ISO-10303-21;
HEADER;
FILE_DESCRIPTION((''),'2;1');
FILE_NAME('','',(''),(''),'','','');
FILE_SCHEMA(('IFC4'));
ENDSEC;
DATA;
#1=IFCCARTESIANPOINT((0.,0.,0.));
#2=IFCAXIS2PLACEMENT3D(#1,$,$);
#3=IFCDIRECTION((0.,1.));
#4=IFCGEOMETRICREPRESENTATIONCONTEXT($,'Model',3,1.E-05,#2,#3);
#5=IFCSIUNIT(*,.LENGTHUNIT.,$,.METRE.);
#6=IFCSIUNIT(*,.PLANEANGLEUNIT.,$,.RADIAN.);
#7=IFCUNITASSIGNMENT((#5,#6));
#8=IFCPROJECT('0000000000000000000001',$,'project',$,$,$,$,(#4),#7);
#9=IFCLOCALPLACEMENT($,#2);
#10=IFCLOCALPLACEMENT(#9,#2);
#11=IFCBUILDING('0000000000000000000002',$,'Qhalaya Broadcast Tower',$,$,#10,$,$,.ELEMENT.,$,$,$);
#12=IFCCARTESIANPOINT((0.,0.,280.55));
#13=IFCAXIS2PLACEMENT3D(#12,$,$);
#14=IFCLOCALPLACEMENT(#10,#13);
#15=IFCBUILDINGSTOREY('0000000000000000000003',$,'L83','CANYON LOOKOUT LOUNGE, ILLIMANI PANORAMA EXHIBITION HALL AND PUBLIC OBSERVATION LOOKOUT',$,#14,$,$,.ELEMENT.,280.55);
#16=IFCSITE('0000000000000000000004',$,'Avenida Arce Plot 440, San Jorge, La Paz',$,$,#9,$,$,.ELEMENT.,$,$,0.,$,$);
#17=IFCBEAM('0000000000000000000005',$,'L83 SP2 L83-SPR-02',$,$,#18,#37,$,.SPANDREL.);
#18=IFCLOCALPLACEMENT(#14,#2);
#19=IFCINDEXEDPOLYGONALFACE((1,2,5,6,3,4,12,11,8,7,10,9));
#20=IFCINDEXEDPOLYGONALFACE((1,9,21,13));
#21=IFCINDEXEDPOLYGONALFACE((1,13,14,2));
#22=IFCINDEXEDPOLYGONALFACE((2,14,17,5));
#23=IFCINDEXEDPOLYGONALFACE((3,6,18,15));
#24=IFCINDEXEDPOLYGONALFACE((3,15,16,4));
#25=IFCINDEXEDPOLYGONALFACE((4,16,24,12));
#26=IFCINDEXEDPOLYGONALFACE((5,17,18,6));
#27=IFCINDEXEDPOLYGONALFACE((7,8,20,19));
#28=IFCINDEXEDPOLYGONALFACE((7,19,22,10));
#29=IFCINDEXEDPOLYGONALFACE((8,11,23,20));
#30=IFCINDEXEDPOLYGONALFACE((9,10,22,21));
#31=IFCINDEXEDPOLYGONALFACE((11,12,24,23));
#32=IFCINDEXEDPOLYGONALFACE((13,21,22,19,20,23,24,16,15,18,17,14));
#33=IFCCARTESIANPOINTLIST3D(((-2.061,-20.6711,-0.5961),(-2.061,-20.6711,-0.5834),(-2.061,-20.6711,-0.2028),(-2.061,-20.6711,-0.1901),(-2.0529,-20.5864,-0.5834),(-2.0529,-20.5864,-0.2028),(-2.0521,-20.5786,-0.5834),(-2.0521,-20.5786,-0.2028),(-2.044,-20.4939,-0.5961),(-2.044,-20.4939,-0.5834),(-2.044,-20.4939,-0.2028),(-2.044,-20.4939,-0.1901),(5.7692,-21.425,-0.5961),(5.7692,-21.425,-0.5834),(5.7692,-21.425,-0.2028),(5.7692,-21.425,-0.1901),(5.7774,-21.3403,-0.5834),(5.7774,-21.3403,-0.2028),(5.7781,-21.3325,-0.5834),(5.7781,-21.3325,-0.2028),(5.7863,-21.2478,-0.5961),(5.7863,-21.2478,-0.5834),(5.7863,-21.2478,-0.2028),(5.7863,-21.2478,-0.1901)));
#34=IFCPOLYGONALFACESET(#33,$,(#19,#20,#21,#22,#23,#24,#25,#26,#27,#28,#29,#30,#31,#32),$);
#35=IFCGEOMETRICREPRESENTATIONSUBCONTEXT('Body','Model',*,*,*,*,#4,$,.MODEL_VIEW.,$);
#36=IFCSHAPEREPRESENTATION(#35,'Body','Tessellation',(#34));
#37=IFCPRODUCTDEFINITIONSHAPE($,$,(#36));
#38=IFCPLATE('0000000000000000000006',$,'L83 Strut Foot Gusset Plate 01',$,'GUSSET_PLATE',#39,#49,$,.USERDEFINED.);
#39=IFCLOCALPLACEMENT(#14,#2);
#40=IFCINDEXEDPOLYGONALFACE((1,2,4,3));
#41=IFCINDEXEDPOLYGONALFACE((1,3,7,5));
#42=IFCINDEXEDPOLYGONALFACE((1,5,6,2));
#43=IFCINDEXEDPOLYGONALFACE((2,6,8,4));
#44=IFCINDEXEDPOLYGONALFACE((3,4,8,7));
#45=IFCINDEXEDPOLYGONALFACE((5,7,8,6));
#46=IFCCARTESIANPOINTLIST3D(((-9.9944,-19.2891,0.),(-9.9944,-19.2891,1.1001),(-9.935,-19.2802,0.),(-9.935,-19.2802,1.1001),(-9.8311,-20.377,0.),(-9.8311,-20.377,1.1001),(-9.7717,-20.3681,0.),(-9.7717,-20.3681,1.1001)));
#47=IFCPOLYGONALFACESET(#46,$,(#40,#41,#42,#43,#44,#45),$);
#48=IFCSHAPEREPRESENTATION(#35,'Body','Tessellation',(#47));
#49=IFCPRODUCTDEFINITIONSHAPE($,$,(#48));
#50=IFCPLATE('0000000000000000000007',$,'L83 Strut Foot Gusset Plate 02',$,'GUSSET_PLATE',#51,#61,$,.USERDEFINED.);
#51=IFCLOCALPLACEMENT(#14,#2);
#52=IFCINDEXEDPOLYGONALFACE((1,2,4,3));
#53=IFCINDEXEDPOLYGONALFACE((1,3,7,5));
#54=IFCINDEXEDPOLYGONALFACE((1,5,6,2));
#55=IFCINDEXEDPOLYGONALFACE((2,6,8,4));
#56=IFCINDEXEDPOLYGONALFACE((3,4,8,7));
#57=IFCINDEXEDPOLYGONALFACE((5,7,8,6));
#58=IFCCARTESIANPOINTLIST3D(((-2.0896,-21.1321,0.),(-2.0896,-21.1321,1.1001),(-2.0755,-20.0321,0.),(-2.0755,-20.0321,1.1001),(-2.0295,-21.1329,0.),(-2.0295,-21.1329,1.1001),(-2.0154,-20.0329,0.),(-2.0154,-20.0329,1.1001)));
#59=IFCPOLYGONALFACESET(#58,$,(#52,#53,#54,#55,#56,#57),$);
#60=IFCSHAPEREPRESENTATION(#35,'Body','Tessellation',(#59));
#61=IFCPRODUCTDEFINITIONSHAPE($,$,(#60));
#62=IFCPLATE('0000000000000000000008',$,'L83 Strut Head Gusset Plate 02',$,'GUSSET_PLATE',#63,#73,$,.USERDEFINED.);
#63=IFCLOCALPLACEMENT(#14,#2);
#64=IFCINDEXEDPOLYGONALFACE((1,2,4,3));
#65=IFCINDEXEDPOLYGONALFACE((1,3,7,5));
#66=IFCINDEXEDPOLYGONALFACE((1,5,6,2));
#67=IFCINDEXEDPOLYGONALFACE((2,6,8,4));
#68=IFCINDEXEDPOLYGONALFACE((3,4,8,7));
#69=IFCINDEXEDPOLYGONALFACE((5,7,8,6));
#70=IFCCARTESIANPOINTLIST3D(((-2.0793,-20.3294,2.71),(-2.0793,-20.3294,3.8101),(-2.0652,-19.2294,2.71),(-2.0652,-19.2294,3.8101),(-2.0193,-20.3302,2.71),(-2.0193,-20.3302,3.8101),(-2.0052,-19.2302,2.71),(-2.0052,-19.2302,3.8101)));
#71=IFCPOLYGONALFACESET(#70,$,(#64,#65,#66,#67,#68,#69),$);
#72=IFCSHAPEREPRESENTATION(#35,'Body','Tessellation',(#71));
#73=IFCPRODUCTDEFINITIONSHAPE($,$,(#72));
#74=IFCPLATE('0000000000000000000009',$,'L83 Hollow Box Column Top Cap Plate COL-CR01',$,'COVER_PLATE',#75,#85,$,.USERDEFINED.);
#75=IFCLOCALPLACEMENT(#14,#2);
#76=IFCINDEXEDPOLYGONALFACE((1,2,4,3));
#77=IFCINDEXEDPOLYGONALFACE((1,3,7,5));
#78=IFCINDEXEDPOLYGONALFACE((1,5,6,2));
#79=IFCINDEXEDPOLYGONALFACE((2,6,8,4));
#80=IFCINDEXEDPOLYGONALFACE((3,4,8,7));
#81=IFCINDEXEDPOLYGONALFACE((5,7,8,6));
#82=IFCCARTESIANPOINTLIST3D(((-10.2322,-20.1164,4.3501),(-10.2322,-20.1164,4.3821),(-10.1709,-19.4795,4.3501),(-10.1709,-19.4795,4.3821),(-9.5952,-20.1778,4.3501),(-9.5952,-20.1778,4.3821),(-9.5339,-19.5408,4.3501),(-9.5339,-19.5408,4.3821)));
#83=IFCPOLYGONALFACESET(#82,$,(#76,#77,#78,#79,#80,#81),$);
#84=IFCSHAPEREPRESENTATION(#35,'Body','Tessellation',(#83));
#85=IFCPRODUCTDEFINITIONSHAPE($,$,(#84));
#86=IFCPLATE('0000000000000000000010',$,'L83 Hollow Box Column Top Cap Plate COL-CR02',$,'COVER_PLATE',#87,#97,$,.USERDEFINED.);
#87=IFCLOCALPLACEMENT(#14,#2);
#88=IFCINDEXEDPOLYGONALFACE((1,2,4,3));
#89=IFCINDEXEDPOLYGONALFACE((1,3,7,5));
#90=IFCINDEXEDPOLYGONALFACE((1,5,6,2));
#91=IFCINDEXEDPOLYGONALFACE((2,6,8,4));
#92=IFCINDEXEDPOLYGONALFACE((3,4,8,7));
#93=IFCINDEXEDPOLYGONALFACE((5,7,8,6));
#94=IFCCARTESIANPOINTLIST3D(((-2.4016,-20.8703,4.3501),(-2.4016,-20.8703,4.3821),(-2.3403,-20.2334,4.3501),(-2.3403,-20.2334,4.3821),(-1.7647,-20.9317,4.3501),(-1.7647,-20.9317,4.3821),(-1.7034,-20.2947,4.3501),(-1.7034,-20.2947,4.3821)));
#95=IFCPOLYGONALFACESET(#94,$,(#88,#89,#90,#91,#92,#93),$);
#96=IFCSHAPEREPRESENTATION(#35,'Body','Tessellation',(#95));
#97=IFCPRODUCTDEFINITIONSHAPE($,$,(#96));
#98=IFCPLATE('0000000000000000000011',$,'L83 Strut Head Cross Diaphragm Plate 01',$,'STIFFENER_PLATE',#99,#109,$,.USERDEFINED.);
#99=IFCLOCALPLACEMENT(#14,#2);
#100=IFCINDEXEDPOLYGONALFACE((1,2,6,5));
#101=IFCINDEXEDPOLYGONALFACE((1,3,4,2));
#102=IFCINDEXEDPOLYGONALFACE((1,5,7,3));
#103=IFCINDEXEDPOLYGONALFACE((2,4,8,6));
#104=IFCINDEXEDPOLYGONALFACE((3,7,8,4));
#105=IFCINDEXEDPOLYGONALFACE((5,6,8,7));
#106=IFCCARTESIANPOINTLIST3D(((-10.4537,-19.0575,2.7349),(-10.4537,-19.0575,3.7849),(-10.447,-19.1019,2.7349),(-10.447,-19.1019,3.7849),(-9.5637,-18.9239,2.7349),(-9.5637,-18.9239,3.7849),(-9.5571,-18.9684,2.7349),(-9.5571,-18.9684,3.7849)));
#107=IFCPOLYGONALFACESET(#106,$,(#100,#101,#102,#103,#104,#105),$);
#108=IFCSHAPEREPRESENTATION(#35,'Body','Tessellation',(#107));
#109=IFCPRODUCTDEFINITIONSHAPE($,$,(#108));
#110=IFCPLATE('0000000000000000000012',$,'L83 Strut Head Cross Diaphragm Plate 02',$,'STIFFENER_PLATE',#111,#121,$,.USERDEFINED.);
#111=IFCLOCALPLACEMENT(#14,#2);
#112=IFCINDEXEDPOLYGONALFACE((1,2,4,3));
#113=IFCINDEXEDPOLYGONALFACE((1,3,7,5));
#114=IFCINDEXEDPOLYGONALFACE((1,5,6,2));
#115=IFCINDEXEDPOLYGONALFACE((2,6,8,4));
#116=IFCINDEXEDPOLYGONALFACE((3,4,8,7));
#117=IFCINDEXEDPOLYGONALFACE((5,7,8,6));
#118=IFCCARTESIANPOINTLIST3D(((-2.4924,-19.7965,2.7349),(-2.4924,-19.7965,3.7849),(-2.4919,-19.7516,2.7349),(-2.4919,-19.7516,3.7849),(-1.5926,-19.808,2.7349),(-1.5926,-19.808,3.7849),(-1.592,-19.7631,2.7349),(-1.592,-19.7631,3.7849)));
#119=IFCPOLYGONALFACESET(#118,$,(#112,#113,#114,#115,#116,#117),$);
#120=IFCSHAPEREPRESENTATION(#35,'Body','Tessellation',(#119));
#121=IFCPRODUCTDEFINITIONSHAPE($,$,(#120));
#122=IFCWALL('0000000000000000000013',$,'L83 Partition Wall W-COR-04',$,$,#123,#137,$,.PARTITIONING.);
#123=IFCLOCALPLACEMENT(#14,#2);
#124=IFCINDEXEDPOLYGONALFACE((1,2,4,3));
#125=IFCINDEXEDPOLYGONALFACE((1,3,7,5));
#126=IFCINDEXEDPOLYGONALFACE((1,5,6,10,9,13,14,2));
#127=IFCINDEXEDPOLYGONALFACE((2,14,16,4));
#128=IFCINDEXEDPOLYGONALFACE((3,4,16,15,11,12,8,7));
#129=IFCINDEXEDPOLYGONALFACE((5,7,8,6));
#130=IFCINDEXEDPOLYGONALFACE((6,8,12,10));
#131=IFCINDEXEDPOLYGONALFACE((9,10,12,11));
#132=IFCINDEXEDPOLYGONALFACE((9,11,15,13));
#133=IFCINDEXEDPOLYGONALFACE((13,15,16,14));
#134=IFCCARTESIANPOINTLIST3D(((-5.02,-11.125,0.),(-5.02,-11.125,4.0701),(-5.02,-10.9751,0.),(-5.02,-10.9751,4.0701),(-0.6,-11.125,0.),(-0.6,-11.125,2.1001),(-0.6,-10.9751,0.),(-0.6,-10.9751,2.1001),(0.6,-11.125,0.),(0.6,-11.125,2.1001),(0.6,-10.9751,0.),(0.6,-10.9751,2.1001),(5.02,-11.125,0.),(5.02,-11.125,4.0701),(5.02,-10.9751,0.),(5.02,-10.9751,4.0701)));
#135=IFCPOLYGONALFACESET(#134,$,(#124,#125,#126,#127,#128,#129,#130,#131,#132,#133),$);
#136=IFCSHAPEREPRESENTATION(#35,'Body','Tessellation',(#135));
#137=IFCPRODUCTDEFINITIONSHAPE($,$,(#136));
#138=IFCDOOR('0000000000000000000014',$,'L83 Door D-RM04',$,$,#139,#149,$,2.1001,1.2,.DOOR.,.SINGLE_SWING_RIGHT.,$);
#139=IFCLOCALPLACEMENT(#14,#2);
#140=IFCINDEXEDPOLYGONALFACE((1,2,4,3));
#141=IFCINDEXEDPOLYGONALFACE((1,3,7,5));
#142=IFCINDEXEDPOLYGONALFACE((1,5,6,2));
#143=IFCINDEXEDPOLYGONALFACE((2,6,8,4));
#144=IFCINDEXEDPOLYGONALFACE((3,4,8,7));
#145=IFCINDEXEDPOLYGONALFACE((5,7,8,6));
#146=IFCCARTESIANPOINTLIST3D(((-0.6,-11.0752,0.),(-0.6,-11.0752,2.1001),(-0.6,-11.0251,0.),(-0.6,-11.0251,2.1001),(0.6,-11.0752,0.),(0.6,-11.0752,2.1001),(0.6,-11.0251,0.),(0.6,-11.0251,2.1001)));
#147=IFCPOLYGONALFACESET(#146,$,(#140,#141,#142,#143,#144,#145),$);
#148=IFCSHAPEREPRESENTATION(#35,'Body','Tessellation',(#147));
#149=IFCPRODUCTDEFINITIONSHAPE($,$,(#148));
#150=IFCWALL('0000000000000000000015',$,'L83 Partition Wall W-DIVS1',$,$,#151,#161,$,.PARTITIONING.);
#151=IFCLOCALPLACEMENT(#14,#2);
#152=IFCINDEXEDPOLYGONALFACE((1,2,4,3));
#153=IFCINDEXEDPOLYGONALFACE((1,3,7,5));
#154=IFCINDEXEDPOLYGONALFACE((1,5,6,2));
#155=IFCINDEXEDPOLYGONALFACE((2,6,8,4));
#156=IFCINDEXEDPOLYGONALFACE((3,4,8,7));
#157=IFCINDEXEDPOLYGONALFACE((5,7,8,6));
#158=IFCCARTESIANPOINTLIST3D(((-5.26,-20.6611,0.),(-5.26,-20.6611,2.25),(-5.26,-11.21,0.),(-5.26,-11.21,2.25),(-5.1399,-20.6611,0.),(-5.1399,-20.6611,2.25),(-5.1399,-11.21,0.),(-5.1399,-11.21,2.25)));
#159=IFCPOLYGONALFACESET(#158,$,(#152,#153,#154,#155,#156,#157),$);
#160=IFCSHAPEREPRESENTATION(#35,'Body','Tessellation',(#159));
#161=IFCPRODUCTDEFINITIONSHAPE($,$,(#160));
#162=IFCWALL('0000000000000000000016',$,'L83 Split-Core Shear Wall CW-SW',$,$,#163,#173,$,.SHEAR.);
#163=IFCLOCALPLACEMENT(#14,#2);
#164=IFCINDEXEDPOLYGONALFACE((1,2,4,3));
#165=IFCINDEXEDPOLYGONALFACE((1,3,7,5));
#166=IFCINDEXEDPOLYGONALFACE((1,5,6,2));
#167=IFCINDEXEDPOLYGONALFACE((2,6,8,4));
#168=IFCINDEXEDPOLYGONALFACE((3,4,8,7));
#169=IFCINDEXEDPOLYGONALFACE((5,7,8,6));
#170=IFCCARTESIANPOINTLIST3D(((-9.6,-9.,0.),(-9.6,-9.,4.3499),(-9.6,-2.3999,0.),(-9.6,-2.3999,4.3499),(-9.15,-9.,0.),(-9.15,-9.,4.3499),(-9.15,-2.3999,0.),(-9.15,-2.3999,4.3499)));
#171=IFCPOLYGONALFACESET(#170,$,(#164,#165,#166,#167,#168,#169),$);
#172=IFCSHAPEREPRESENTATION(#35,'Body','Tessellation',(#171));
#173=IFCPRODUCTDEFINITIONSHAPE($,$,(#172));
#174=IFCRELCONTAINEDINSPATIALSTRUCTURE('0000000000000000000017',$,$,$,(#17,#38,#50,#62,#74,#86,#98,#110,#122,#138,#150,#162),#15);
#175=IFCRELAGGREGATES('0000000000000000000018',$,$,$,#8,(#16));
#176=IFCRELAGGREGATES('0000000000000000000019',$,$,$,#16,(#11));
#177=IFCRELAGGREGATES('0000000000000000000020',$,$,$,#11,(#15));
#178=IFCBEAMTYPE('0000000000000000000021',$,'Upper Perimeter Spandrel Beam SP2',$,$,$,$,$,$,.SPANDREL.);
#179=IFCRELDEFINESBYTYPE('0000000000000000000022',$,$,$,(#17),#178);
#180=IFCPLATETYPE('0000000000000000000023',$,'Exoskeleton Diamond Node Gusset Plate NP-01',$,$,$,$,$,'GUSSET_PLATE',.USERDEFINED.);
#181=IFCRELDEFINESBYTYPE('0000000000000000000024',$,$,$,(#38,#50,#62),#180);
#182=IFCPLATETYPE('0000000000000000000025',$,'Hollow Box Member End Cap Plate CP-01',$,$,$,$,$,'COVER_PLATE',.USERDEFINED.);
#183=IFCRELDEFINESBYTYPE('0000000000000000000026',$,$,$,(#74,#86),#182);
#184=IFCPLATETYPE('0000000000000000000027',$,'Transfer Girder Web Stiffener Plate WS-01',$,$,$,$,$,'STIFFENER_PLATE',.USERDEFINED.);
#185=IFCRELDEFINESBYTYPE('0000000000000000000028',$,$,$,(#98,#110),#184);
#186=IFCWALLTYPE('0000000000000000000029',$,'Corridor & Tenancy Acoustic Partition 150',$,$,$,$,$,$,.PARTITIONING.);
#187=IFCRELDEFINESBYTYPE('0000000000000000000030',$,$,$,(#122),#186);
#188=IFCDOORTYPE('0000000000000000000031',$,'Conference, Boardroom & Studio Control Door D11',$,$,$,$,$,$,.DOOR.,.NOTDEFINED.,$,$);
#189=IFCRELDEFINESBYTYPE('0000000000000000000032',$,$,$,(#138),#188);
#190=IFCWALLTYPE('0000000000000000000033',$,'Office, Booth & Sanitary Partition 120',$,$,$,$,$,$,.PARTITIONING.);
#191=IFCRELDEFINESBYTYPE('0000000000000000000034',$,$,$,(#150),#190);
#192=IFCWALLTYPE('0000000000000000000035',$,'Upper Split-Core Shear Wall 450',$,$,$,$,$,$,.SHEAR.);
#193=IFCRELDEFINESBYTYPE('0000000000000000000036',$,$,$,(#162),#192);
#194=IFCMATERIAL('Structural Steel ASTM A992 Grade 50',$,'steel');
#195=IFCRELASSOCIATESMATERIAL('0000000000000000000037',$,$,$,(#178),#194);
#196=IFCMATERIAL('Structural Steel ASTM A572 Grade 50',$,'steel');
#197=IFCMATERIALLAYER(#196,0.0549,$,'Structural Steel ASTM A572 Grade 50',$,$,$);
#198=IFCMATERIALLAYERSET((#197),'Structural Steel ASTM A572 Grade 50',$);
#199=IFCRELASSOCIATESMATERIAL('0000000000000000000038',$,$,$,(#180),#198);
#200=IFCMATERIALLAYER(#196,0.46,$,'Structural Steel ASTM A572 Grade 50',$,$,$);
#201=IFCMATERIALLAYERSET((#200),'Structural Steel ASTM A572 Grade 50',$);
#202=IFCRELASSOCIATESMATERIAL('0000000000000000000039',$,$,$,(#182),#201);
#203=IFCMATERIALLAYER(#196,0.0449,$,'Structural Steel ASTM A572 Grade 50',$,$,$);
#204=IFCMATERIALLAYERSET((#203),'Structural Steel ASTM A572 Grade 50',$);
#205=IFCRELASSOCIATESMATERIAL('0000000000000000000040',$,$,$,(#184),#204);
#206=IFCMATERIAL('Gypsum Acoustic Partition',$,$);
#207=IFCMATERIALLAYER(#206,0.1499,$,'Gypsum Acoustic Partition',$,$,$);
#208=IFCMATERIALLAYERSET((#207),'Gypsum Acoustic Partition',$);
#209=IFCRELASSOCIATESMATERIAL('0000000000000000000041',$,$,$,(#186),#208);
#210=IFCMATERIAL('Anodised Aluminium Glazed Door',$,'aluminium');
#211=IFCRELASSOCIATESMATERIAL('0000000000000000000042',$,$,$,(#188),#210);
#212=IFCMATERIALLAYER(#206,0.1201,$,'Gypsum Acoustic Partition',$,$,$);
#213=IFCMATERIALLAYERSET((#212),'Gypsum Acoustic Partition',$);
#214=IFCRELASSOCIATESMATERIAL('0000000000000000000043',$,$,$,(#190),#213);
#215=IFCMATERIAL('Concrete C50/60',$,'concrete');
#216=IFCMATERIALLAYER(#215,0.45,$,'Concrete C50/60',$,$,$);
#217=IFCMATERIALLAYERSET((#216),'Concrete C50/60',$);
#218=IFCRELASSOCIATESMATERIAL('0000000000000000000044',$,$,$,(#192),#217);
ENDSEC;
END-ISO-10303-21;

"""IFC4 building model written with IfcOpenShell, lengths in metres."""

from ifc_helpers import new_model, si_unit, direction, frame, frame_2d, origin, origin_2d, place, context, subcontext, project, spatial, rectangle, i_section, extrude, material, layer, layer_set, material_profile, profile_set, type_object, element, fill, save


model = new_model("IFC4")

# Units and contexts
model_context = context("Model", 3, precision=1e-05, world=origin(), true_north=direction((0.0, 1.0)))
body_context = subcontext(model_context, "Body", "Model", "MODEL_VIEW")
ifc_project = project(units=[si_unit("LENGTHUNIT", "METRE"), si_unit("PLANEANGLEUNIT", "RADIAN")], contexts=[model_context])

# Site, building, storey
site_placement = place(None, origin())
site = spatial("IfcSite", under=ifc_project, at=site_placement, Name="Avenida Arce Plot 440, San Jorge, La Paz", CompositionType="ELEMENT", RefElevation=0.0)
building_placement = place(site_placement, origin())
building = spatial("IfcBuilding", under=site, at=building_placement, Name="Qhalaya Broadcast Tower", CompositionType="ELEMENT")
storey_placement = place(building_placement, frame((0.0, 0.0, 280.55)))
storey = spatial("IfcBuildingStorey", under=building, at=storey_placement, Name="L83", Description="CANYON LOOKOUT LOUNGE, ILLIMANI PANORAMA EXHIBITION HALL AND PUBLIC OBSERVATION LOOKOUT", CompositionType="ELEMENT", Elevation=280.55)

# Shared definitions
ifc_material_1 = material(Name="Structural Steel ASTM A572 Grade 50", Category="steel")

# Shared definitions
ifc_material_2 = material(Name="Structural Steel ASTM A992 Grade 50", Category="steel")

# Beam
ifc_material_profile_1 = material_profile(ifc_material_2, i_section(OverallWidth=0.178, OverallDepth=0.406, WebThickness=0.0078, FlangeThickness=0.0127, at=origin_2d()), Name="W16X40")
ifc_profile_set_1 = profile_set([ifc_material_profile_1], Name="Structural Steel ASTM A992 Grade 50")
beam_type_1 = type_object("IfcBeamType", Name="Upper Perimeter Spandrel Beam SP2", PredefinedType="SPANDREL", material=ifc_profile_set_1)
beam_1_placement = place(storey_placement, frame((-2.0525, -20.5825, -0.3931), z_axis=(0.995397, -0.095837, 0.0), x_axis=(0.095837, 0.995397, 0.0)))
element("IfcBeam", 1, at=beam_1_placement, inside=storey, type_object=beam_type_1, Name="L83 SP2 L83-SPR-02", PredefinedType="SPANDREL", context=body_context, shape_type="SweptSolid", body=[
    extrude(i_section(OverallWidth=0.178, OverallDepth=0.406, WebThickness=0.0078, FlangeThickness=0.0127, at=origin_2d()), origin(), (0.0, 0.0, 1.0), 7.8665),
])

# Plates
ifc_layer_1 = layer(ifc_material_1, 0.0549, Name="Structural Steel ASTM A572 Grade 50")
ifc_layer_set_1 = layer_set([ifc_layer_1], Name="Structural Steel ASTM A572 Grade 50")
plate_type_1 = type_object("IfcPlateType", Name="Exoskeleton Diamond Node Gusset Plate NP-01", ElementType="GUSSET_PLATE", PredefinedType="USERDEFINED", material=ifc_layer_set_1)
for number, where, z_axis, x_axis, name in (
    (2, (-9.8831, -19.8286, 0.0), (0.0, 0.0, 1.0), (-0.148431, 0.988923, 0.0), "L83 Strut Foot Gusset Plate 01"),
    (3, (-2.0525, -20.5825, 0.0), (0.0, 0.0, 1.0), (0.012828, 0.999918, 0.0), "L83 Strut Foot Gusset Plate 02"),
    (4, (-2.0422, -19.7798, 2.71), (0.0, 0.0, 1.0), (0.012828, 0.999918, 0.0), "L83 Strut Head Gusset Plate 02"),
):
    element("IfcPlate", number, at=place(storey_placement, frame(where, z_axis=z_axis, x_axis=x_axis)), inside=storey, type_object=plate_type_1, Name=name, ObjectType="GUSSET_PLATE", PredefinedType="USERDEFINED", context=body_context, shape_type="SweptSolid", body=[
        extrude(rectangle(XDim=1.1001, YDim=0.0601, at=origin_2d()), origin(), (0.0, 0.0, 1.0), 1.1001),
    ])
ifc_layer_2 = layer(ifc_material_1, 0.46, Name="Structural Steel ASTM A572 Grade 50")
ifc_layer_set_2 = layer_set([ifc_layer_2], Name="Structural Steel ASTM A572 Grade 50")
plate_type_2 = type_object("IfcPlateType", Name="Hollow Box Member End Cap Plate CP-01", ElementType="COVER_PLATE", PredefinedType="USERDEFINED", material=ifc_layer_set_2)
for number, where, z_axis, x_axis, name in (
    (5, (-9.8831, -19.8286, 4.3501), (0.0, 0.0, 1.0), (0.995396, -0.095846, 0.0), "L83 Hollow Box Column Top Cap Plate COL-CR01"),
    (6, (-2.0525, -20.5825, 4.3501), (0.0, 0.0, 1.0), (0.995396, -0.095846, 0.0), "L83 Hollow Box Column Top Cap Plate COL-CR02"),
):
    element("IfcPlate", number, at=place(storey_placement, frame(where, z_axis=z_axis, x_axis=x_axis)), inside=storey, type_object=plate_type_2, Name=name, ObjectType="COVER_PLATE", PredefinedType="USERDEFINED", context=body_context, shape_type="SweptSolid", body=[
        extrude(rectangle(XDim=0.6399, YDim=0.6399, at=origin_2d()), origin(), (0.0, 0.0, 1.0), 0.032),
    ])
ifc_layer_3 = layer(ifc_material_1, 0.0449, Name="Structural Steel ASTM A572 Grade 50")
ifc_layer_set_3 = layer_set([ifc_layer_3], Name="Structural Steel ASTM A572 Grade 50")
plate_type_3 = type_object("IfcPlateType", Name="Transfer Girder Web Stiffener Plate WS-01", ElementType="STIFFENER_PLATE", PredefinedType="USERDEFINED", material=ifc_layer_set_3)
for number, where, z_axis, x_axis, name in (
    (7, (-10.0054, -19.0129, 2.7349), (0.0, 0.0, 1.0), (-0.988923, -0.148431, 0.0), "L83 Strut Head Cross Diaphragm Plate 01"),
    (8, (-2.0422, -19.7798, 2.7349), (0.0, 0.0, 1.0), (-0.999918, 0.012828, 0.0), "L83 Strut Head Cross Diaphragm Plate 02"),
):
    element("IfcPlate", number, at=place(storey_placement, frame(where, z_axis=z_axis, x_axis=x_axis)), inside=storey, type_object=plate_type_3, Name=name, ObjectType="STIFFENER_PLATE", PredefinedType="USERDEFINED", context=body_context, shape_type="SweptSolid", body=[
        extrude(rectangle(XDim=0.8999, YDim=0.0449, at=origin_2d()), origin(), (0.0, 0.0, 1.0), 1.05),
    ])

# Wall, opening, door
ifc_material_3 = material(Name="Gypsum Acoustic Partition")
ifc_layer_4 = layer(ifc_material_3, 0.1499, Name="Gypsum Acoustic Partition")
ifc_layer_set_4 = layer_set([ifc_layer_4], Name="Gypsum Acoustic Partition")
wall_type_1 = type_object("IfcWallType", Name="Corridor & Tenancy Acoustic Partition 150", PredefinedType="PARTITIONING", material=ifc_layer_set_4)
wall_1_placement = place(storey_placement, frame((-5.02, -11.05, 0.0), z_axis=(0.0, 0.0, 1.0), x_axis=(1.0, 0.0, 0.0)))
wall_1 = element("IfcWall", 9, at=wall_1_placement, inside=storey, type_object=wall_type_1, Name="L83 Partition Wall W-COR-04", PredefinedType="PARTITIONING", context=body_context, shape_type="SweptSolid", body=[
    extrude(rectangle(XDim=10.04, YDim=0.1499, at=frame_2d((5.02, 0.0))), origin(), (0.0, 0.0, 1.0), 4.0701),
])
opening_placement = place(wall_1_placement, frame((4.4199, 0.0, 0.0)))
opening = element("IfcOpeningElement", 10, at=opening_placement, cuts=wall_1, PredefinedType="OPENING", context=body_context, shape_type="SweptSolid", body=[
    extrude(rectangle(XDim=1.2, YDim=2.1001, at=frame_2d((0.6001, 1.05))), frame((0.0, 0.0869, 0.0), z_axis=(0.0, -1.0, 0.0), x_axis=(1.0, 0.0, 0.0)), (0.0, 0.0, 1.0), 0.1738),
])
ifc_material_4 = material(Name="Anodised Aluminium Glazed Door", Category="aluminium")
door_type = type_object("IfcDoorType", Name="Conference, Boardroom & Studio Control Door D11", OperationType="NOTDEFINED", PredefinedType="DOOR", material=ifc_material_4)
door_placement = place(opening_placement, origin())
door = element("IfcDoor", 11, at=door_placement, inside=storey, type_object=door_type, Name="L83 Door D-RM04", OperationType="SINGLE_SWING_RIGHT", OverallHeight=2.1001, OverallWidth=1.2, PredefinedType="DOOR", context=body_context, shape_type="SweptSolid", body=[
    extrude(rectangle(XDim=1.2, YDim=2.1001, at=frame_2d((0.6001, 1.05))), frame((0.0, 0.0249, 0.0), z_axis=(0.0, -1.0, 0.0), x_axis=(1.0, 0.0, 0.0)), (0.0, 0.0, 1.0), 0.05),
])
fill(opening, door)

# Walls
ifc_layer_5 = layer(ifc_material_3, 0.1201, Name="Gypsum Acoustic Partition")
ifc_layer_set_5 = layer_set([ifc_layer_5], Name="Gypsum Acoustic Partition")
wall_type_2 = type_object("IfcWallType", Name="Office, Booth & Sanitary Partition 120", PredefinedType="PARTITIONING", material=ifc_layer_set_5)
wall_2_placement = place(storey_placement, frame((-5.2, -20.6611, 0.0), z_axis=(0.0, 0.0, 1.0), x_axis=(0.0, 1.0, 0.0)))
element("IfcWall", 12, at=wall_2_placement, inside=storey, type_object=wall_type_2, Name="L83 Partition Wall W-DIVS1", PredefinedType="PARTITIONING", context=body_context, shape_type="SweptSolid", body=[
    extrude(rectangle(XDim=9.4512, YDim=0.1201, at=frame_2d((4.7256, 0.0))), origin(), (0.0, 0.0, 1.0), 2.25),
])
ifc_material_5 = material(Name="Concrete C50/60", Category="concrete")
ifc_layer_6 = layer(ifc_material_5, 0.45, Name="Concrete C50/60")
ifc_layer_set_6 = layer_set([ifc_layer_6], Name="Concrete C50/60")
wall_type_3 = type_object("IfcWallType", Name="Upper Split-Core Shear Wall 450", PredefinedType="SHEAR", material=ifc_layer_set_6)
wall_3_placement = place(storey_placement, frame((-9.375, -9.0, 0.0), z_axis=(0.0, 0.0, 1.0), x_axis=(0.0, 1.0, 0.0)))
element("IfcWall", 13, at=wall_3_placement, inside=storey, type_object=wall_type_3, Name="L83 Split-Core Shear Wall CW-SW", PredefinedType="SHEAR", context=body_context, shape_type="SweptSolid", body=[
    extrude(rectangle(XDim=6.6001, YDim=0.45, at=frame_2d((3.3, 0.0))), origin(), (0.0, 0.0, 1.0), 4.3499),
])

save(model, "model.ifc")
